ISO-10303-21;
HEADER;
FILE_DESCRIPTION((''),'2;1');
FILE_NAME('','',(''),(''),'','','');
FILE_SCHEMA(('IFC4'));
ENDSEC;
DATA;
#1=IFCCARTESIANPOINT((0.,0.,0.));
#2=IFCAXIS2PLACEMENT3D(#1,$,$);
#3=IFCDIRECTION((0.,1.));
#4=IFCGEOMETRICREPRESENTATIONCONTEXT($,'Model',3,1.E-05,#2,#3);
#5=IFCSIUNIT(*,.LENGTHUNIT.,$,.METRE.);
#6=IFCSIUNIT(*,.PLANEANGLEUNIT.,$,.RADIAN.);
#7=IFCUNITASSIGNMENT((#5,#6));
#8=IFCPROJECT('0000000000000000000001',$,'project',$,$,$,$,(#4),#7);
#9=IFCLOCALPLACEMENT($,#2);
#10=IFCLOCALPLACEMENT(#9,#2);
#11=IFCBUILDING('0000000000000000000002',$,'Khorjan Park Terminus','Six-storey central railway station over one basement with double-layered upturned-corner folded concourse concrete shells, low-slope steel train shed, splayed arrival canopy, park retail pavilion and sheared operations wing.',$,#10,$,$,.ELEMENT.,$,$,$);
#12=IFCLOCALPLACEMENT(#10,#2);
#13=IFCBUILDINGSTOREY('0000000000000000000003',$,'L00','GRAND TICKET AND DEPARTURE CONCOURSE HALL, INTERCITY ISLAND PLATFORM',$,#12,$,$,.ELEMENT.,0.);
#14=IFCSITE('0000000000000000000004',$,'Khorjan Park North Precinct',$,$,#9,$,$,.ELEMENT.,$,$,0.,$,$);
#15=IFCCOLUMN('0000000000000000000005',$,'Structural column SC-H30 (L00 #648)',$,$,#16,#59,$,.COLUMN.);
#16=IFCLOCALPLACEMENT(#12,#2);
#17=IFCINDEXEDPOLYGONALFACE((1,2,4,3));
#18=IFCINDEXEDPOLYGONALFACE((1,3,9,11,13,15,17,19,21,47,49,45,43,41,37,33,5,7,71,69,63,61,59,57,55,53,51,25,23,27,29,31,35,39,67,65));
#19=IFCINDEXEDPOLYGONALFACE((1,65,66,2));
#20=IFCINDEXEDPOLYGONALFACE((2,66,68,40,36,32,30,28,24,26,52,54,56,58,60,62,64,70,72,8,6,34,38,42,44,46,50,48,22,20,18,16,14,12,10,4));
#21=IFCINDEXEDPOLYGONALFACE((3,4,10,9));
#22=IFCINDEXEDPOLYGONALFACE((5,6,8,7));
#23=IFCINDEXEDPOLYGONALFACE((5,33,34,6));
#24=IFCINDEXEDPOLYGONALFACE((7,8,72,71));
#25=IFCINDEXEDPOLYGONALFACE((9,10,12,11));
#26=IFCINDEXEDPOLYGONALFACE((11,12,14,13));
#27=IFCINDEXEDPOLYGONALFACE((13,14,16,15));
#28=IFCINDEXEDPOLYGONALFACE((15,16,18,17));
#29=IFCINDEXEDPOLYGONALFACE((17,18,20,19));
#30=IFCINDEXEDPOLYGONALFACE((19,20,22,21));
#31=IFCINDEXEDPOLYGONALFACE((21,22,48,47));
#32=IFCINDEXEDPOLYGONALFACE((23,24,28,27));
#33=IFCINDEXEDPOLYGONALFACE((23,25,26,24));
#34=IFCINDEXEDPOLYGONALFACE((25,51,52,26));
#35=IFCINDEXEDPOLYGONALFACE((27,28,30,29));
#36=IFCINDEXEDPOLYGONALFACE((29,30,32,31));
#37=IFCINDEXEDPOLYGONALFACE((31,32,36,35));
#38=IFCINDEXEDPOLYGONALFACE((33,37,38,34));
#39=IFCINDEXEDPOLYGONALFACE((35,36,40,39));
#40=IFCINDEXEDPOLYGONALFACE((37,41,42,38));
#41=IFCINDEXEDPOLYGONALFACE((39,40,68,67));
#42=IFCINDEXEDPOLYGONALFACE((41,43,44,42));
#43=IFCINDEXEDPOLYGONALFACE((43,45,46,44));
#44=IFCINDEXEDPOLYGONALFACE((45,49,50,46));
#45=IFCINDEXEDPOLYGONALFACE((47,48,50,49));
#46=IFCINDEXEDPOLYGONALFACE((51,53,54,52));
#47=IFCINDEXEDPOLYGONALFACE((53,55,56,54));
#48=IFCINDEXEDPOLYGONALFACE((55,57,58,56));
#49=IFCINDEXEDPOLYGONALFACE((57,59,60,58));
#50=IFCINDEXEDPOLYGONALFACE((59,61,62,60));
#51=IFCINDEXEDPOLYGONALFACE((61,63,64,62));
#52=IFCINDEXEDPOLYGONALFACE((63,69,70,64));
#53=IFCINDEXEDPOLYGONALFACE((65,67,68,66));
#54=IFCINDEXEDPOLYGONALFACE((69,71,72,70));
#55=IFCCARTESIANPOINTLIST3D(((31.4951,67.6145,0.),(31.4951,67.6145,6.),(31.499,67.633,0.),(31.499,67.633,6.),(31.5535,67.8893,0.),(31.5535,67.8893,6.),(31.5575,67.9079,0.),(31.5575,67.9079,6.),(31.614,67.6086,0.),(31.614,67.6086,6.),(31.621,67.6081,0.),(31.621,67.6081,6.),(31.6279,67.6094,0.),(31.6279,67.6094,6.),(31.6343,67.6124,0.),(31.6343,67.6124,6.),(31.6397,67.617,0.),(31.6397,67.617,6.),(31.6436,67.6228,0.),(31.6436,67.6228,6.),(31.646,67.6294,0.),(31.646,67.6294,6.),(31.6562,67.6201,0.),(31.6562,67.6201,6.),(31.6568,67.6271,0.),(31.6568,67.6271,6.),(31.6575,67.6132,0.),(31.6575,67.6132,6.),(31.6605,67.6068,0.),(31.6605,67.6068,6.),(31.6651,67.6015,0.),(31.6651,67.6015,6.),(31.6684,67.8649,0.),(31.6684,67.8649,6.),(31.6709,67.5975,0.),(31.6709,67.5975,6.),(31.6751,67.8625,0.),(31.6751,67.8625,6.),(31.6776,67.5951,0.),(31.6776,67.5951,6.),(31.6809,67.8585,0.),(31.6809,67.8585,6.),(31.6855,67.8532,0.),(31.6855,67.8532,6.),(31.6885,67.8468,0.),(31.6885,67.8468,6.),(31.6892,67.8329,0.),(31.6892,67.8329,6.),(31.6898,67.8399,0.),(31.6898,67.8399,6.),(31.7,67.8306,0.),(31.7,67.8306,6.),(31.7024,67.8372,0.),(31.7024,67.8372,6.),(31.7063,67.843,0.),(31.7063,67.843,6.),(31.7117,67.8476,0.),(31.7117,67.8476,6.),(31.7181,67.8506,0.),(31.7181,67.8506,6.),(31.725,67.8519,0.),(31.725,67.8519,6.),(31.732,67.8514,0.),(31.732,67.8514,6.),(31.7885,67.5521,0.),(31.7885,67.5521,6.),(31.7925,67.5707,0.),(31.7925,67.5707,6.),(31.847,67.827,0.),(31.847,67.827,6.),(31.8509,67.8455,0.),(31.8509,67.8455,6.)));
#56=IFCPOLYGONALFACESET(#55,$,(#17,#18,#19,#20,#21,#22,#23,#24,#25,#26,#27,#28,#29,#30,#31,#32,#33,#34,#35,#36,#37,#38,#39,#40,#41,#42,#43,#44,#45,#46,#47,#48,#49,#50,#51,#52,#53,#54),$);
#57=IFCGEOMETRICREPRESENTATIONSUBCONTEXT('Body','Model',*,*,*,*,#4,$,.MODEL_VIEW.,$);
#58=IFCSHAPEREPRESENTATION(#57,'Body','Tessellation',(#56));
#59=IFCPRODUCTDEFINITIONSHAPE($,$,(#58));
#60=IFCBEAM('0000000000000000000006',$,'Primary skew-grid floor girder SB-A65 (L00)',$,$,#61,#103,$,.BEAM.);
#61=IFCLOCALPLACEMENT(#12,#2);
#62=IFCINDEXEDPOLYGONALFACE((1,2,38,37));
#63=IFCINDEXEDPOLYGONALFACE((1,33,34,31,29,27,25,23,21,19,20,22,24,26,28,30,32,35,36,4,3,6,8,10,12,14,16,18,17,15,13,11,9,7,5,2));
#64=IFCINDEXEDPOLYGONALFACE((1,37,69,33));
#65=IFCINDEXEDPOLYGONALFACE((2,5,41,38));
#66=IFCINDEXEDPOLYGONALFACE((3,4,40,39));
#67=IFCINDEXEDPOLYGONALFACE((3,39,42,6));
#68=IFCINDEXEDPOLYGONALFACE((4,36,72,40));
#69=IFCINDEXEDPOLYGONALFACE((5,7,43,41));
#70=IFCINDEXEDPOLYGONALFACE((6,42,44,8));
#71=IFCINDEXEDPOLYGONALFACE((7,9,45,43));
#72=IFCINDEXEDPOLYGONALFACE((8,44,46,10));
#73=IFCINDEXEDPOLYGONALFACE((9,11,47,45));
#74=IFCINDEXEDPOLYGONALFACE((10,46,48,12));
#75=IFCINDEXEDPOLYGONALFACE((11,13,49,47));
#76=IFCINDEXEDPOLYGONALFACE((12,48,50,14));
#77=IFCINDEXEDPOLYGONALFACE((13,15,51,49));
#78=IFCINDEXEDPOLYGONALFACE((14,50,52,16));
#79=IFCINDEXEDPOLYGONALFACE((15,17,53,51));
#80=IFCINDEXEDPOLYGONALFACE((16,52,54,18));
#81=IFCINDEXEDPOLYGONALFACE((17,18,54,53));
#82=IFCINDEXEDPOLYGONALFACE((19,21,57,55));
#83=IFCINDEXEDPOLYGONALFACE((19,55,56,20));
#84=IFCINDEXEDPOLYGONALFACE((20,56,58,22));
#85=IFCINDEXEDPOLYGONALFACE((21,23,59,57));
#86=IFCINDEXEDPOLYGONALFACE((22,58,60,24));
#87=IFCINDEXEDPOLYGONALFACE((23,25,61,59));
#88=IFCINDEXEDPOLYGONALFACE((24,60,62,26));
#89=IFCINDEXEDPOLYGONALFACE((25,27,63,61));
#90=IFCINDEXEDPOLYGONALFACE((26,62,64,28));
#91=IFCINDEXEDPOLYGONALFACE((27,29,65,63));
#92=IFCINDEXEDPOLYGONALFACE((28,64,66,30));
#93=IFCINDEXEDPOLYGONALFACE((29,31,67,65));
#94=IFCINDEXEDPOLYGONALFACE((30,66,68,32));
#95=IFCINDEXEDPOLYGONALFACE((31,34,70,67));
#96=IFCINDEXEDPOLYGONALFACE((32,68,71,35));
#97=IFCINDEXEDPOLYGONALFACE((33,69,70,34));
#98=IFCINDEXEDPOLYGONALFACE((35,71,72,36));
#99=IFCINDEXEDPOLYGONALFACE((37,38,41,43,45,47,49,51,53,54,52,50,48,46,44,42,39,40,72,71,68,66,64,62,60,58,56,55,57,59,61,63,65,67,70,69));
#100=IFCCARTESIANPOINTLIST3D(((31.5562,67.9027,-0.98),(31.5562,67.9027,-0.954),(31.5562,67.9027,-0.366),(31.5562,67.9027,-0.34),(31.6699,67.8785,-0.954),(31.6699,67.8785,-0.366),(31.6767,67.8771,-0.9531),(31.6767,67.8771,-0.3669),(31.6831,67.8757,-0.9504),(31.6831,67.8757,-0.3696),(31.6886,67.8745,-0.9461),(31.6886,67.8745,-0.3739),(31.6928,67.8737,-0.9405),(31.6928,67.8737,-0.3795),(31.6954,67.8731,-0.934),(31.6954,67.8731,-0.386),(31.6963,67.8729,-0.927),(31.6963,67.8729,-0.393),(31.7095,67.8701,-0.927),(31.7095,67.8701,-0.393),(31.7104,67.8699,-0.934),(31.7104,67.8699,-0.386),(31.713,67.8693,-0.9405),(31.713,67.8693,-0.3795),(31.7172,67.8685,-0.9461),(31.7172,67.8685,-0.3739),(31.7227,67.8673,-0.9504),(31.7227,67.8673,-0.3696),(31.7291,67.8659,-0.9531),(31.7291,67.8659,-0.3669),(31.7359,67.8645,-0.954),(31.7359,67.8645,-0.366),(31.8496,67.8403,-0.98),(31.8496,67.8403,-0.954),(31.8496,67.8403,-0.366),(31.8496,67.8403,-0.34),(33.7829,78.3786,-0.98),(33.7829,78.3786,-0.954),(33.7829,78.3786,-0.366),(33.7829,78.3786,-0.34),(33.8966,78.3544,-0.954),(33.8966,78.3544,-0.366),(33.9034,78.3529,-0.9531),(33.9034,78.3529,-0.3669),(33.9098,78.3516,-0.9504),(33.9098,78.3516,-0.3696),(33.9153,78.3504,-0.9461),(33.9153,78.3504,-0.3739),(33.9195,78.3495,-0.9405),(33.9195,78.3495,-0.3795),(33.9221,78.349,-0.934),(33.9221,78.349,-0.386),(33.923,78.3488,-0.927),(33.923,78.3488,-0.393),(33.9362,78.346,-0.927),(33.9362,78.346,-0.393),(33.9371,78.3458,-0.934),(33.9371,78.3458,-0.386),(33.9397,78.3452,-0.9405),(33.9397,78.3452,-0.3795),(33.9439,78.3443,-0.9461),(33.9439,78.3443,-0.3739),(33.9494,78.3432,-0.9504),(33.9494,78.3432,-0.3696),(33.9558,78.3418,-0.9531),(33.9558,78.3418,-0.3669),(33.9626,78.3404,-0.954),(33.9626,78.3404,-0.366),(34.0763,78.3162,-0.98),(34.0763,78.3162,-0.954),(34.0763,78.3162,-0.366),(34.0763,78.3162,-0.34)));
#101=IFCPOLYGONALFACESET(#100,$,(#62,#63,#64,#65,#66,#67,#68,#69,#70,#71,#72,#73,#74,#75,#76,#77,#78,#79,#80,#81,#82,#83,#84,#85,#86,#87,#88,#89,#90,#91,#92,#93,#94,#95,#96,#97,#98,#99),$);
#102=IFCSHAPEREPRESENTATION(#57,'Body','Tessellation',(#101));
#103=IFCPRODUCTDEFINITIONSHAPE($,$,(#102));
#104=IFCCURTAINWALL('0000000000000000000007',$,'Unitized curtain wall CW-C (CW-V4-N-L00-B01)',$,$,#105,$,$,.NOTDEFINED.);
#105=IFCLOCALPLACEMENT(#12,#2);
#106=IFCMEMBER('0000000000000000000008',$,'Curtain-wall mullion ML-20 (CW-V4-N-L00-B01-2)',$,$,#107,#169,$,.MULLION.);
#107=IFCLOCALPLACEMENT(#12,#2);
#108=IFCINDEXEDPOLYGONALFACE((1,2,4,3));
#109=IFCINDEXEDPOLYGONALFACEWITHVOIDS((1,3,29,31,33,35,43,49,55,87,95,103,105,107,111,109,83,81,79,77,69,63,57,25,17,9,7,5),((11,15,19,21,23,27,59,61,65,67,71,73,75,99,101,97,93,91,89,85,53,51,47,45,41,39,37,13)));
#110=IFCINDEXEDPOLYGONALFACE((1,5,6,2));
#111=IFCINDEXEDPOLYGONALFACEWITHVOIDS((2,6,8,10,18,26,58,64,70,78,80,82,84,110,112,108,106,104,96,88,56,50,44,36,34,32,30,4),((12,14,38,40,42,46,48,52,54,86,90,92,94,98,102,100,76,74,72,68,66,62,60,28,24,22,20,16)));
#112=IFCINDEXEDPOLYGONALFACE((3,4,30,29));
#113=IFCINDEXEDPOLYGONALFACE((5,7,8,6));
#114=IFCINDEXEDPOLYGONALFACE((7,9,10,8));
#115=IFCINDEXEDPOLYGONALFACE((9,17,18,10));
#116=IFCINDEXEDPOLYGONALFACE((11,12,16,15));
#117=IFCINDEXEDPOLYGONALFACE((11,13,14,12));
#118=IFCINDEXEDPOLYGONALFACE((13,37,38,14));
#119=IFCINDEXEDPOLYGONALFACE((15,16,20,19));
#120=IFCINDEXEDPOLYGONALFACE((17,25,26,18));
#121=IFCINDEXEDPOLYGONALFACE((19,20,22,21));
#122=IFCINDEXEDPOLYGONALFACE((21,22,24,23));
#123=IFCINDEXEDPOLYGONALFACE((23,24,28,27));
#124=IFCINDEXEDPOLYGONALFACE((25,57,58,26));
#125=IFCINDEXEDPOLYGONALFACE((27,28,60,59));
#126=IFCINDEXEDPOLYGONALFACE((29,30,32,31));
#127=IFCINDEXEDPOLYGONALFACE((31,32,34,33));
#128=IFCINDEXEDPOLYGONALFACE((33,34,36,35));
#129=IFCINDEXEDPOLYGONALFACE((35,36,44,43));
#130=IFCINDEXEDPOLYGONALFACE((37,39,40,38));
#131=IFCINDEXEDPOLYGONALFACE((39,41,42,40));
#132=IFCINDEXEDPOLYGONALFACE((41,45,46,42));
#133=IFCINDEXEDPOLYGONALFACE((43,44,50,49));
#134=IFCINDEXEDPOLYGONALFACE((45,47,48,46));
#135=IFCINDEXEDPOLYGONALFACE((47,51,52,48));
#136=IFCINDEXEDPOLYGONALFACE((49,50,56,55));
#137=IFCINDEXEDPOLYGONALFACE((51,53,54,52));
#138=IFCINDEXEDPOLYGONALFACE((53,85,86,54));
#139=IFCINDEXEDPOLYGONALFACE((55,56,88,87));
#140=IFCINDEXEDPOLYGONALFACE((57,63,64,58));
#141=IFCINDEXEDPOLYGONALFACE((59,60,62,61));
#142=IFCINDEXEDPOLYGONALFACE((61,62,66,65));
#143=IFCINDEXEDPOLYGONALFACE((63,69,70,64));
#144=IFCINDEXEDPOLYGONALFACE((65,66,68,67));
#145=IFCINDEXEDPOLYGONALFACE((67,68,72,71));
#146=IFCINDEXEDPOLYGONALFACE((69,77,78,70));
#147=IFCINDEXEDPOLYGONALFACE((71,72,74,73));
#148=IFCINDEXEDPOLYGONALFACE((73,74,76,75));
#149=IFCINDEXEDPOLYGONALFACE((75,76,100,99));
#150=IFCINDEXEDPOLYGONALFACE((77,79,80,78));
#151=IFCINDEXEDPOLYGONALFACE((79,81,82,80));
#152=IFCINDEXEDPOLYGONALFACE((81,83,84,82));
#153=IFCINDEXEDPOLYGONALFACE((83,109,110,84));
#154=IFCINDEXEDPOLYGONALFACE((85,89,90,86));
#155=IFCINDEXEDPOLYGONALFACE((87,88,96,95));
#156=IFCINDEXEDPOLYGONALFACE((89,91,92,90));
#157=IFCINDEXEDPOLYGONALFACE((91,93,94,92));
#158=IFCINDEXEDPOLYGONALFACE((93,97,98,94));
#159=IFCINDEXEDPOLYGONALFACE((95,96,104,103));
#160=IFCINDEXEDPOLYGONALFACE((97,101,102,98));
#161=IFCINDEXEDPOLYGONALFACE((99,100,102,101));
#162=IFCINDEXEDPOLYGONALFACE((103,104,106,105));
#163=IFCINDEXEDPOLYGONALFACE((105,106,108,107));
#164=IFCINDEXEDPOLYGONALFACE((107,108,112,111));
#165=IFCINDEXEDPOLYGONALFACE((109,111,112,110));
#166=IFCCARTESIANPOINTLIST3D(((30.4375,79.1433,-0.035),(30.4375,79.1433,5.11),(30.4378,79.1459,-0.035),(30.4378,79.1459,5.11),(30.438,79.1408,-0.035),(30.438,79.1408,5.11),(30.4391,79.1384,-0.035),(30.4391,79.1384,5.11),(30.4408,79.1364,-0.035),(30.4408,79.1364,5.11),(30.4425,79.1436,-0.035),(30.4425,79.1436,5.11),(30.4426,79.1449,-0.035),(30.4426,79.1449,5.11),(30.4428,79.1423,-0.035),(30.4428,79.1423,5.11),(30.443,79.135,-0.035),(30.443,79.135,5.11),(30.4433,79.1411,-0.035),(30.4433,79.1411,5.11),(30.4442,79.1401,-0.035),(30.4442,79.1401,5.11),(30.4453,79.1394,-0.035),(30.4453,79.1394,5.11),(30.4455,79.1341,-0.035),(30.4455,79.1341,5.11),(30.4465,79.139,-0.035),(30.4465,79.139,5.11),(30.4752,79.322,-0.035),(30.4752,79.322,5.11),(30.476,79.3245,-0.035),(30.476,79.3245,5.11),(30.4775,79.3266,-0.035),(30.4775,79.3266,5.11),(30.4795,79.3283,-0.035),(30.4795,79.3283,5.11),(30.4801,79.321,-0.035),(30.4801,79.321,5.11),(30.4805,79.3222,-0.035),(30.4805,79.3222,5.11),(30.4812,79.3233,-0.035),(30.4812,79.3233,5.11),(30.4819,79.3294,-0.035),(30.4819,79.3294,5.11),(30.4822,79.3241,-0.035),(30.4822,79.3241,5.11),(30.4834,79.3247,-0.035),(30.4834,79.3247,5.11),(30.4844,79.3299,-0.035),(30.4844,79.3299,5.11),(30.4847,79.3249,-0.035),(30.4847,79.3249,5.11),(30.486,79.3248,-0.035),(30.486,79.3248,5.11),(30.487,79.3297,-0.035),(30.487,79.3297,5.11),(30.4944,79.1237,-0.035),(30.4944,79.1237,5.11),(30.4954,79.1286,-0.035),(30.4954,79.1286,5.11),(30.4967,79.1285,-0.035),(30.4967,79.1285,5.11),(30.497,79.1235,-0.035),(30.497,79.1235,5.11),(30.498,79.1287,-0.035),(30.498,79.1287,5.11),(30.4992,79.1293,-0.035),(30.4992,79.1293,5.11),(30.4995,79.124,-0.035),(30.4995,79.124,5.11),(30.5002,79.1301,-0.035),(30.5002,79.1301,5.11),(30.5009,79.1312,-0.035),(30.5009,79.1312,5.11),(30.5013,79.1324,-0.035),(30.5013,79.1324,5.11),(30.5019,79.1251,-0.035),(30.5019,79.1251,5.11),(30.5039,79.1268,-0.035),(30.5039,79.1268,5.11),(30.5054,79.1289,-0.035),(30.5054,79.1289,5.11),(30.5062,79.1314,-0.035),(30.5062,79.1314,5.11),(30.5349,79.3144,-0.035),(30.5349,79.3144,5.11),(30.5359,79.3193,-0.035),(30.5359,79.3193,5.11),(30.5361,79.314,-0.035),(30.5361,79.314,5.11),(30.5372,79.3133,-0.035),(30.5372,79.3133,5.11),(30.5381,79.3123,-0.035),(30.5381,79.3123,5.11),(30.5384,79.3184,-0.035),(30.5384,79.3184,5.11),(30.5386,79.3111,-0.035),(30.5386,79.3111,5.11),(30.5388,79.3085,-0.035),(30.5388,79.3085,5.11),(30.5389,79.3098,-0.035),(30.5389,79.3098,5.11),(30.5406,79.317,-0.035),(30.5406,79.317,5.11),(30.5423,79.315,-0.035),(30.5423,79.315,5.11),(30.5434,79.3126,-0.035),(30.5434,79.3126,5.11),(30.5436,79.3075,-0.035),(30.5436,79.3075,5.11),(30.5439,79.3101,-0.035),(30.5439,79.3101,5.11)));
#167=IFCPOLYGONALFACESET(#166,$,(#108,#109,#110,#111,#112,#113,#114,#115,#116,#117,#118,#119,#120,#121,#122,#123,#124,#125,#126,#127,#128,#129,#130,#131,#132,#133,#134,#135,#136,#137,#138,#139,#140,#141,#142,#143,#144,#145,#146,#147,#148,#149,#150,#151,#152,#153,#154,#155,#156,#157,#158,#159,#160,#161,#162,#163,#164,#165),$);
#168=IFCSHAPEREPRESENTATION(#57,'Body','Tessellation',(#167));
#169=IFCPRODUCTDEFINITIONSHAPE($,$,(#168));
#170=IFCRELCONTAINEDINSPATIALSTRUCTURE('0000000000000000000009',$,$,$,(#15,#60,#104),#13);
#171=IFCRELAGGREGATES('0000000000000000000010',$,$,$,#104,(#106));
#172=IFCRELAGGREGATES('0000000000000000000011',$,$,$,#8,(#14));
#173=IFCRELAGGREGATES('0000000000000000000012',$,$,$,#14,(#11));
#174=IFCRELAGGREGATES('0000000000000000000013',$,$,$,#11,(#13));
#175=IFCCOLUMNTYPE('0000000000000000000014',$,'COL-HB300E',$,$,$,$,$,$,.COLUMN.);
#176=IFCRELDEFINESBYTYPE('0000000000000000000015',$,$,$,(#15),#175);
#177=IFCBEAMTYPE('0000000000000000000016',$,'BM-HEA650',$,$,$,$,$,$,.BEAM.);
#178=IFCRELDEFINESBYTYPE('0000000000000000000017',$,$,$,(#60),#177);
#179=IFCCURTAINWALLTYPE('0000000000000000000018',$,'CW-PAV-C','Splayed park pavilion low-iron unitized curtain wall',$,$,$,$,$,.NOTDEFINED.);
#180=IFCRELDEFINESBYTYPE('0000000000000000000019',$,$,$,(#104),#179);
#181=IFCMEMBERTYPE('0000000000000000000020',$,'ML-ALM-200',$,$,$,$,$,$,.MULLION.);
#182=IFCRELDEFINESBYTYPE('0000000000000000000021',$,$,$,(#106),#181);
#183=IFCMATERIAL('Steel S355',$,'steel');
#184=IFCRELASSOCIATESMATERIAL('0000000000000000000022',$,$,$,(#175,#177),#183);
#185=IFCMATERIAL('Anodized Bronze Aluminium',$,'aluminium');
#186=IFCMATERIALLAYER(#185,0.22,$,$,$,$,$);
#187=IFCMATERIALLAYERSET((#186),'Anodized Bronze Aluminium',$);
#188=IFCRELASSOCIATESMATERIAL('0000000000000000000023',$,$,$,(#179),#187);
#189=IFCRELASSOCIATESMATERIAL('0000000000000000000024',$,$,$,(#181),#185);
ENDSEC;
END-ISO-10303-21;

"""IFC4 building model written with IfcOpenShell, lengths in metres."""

from ifc_helpers import new_model, si_unit, direction, frame, origin, origin_2d, place, context, subcontext, project, spatial, hollow_rectangle, i_section, extrude, material, layer, layer_set, material_profile, profile_set, type_object, element, aggregate, save


model = new_model("IFC4")

# Units and contexts
model_context = context("Model", 3, precision=1e-05, world=origin(), true_north=direction((0.0, 1.0)))
body_context = subcontext(model_context, "Body", "Model", "MODEL_VIEW")
ifc_project = project(units=[si_unit("LENGTHUNIT", "METRE"), si_unit("PLANEANGLEUNIT", "RADIAN")], contexts=[model_context])

# Site, building, storey
site_placement = place(None, origin())
site = spatial("IfcSite", under=ifc_project, at=site_placement, Name="Khorjan Park North Precinct", CompositionType="ELEMENT", RefElevation=0.0)
building_placement = place(site_placement, origin())
building = spatial("IfcBuilding", under=site, at=building_placement, Name="Khorjan Park Terminus", Description="Six-storey central railway station over one basement with double-layered upturned-corner folded concourse concrete shells, low-slope steel train shed, splayed arrival canopy, park retail pavilion and sheared operations wing.", CompositionType="ELEMENT")
storey_placement = place(building_placement, origin())
storey = spatial("IfcBuildingStorey", under=building, at=storey_placement, Name="L00", Description="GRAND TICKET AND DEPARTURE CONCOURSE HALL, INTERCITY ISLAND PLATFORM", CompositionType="ELEMENT", Elevation=0.0)

# Column
ifc_material_1 = material(Name="Steel S355", Category="steel")
ifc_material_profile_1 = material_profile(ifc_material_1, i_section(OverallWidth=0.3, OverallDepth=0.3, WebThickness=0.011, FlangeThickness=0.019, FilletRadius=0.027, at=origin_2d()), Name="HEB 300")
ifc_profile_set_1 = profile_set([ifc_material_profile_1], Name="Steel S355")
column_type = type_object("IfcColumnType", Name="COL-HB300E", PredefinedType="COLUMN", material=ifc_profile_set_1)
column_placement = place(storey_placement, frame((31.673, 67.73, 0.0), z_axis=(0.0, 0.0, 1.0), x_axis=(0.978148, -0.207912, 0.0)))
element("IfcColumn", 1, at=column_placement, inside=storey, type_object=column_type, Name="Structural column SC-H30 (L00 #648)", PredefinedType="COLUMN", context=body_context, shape_type="SweptSolid", body=[
    extrude(i_section(OverallWidth=0.3, OverallDepth=0.3, WebThickness=0.011, FlangeThickness=0.019, FilletRadius=0.027, at=origin_2d()), origin(), (0.0, 0.0, 1.0), 6.0),
])

# Beam
ifc_material_profile_2 = material_profile(ifc_material_1, i_section(OverallWidth=0.3, OverallDepth=0.64, WebThickness=0.0135, FlangeThickness=0.026, FilletRadius=0.027, at=origin_2d()), Name="HEA 650")
ifc_profile_set_2 = profile_set([ifc_material_profile_2], Name="Steel S355")
beam_type = type_object("IfcBeamType", Name="BM-HEA650", PredefinedType="BEAM", material=ifc_profile_set_2)
beam_placement = place(storey_placement, frame((31.7029, 67.8715, -0.66), z_axis=(0.20791, 0.978148, 0.0), x_axis=(-0.978148, 0.20791, 0.0)))
element("IfcBeam", 2, at=beam_placement, inside=storey, type_object=beam_type, Name="Primary skew-grid floor girder SB-A65 (L00)", PredefinedType="BEAM", context=body_context, shape_type="SweptSolid", body=[
    extrude(i_section(OverallWidth=0.3, OverallDepth=0.64, WebThickness=0.0135, FlangeThickness=0.026, FilletRadius=0.027, at=origin_2d()), origin(), (0.0, 0.0, 1.0), 10.7099),
])

# Curtain wall, member
ifc_material_2 = material(Name="Anodized Bronze Aluminium", Category="aluminium")
ifc_layer_1 = layer(ifc_material_2, 0.22)
ifc_layer_set_1 = layer_set([ifc_layer_1], Name="Anodized Bronze Aluminium")
curtain_wall_type = type_object("IfcCurtainWallType", Name="CW-PAV-C", Description="Splayed park pavilion low-iron unitized curtain wall", PredefinedType="NOTDEFINED", material=ifc_layer_set_1)
curtain_wall_placement = place(storey_placement, origin())
curtain_wall = element("IfcCurtainWall", 3, at=curtain_wall_placement, inside=storey, type_object=curtain_wall_type, Name="Unitized curtain wall CW-C (CW-V4-N-L00-B01)", PredefinedType="NOTDEFINED")
ifc_material_profile_3 = material_profile(ifc_material_2, hollow_rectangle(XDim=0.07, YDim=0.2, WallThickness=0.005, InnerFilletRadius=0.005, OuterFilletRadius=0.01, at=origin_2d()), Name="ALM 70x200x5")
ifc_profile_set_3 = profile_set([ifc_material_profile_3], Name="Anodized Bronze Aluminium")
member_type_1 = type_object("IfcMemberType", Name="ML-ALM-200", PredefinedType="MULLION", material=ifc_profile_set_3)
member_1_placement = place(storey_placement, frame((30.4907, 79.2267, -0.035), z_axis=(0.0, 0.0, 1.0), x_axis=(-0.97815, 0.207903, 0.0)))
member_1 = element("IfcMember", 4, at=member_1_placement, type_object=member_type_1, Name="Curtain-wall mullion ML-20 (CW-V4-N-L00-B01-2)", PredefinedType="MULLION", context=body_context, shape_type="SweptSolid", body=[
    extrude(hollow_rectangle(XDim=0.07, YDim=0.2, WallThickness=0.005, InnerFilletRadius=0.005, OuterFilletRadius=0.01, at=origin_2d()), origin(), (0.0, 0.0, 1.0), 5.145),
])
aggregate(curtain_wall, [member_1])

save(model, "model.ifc")
